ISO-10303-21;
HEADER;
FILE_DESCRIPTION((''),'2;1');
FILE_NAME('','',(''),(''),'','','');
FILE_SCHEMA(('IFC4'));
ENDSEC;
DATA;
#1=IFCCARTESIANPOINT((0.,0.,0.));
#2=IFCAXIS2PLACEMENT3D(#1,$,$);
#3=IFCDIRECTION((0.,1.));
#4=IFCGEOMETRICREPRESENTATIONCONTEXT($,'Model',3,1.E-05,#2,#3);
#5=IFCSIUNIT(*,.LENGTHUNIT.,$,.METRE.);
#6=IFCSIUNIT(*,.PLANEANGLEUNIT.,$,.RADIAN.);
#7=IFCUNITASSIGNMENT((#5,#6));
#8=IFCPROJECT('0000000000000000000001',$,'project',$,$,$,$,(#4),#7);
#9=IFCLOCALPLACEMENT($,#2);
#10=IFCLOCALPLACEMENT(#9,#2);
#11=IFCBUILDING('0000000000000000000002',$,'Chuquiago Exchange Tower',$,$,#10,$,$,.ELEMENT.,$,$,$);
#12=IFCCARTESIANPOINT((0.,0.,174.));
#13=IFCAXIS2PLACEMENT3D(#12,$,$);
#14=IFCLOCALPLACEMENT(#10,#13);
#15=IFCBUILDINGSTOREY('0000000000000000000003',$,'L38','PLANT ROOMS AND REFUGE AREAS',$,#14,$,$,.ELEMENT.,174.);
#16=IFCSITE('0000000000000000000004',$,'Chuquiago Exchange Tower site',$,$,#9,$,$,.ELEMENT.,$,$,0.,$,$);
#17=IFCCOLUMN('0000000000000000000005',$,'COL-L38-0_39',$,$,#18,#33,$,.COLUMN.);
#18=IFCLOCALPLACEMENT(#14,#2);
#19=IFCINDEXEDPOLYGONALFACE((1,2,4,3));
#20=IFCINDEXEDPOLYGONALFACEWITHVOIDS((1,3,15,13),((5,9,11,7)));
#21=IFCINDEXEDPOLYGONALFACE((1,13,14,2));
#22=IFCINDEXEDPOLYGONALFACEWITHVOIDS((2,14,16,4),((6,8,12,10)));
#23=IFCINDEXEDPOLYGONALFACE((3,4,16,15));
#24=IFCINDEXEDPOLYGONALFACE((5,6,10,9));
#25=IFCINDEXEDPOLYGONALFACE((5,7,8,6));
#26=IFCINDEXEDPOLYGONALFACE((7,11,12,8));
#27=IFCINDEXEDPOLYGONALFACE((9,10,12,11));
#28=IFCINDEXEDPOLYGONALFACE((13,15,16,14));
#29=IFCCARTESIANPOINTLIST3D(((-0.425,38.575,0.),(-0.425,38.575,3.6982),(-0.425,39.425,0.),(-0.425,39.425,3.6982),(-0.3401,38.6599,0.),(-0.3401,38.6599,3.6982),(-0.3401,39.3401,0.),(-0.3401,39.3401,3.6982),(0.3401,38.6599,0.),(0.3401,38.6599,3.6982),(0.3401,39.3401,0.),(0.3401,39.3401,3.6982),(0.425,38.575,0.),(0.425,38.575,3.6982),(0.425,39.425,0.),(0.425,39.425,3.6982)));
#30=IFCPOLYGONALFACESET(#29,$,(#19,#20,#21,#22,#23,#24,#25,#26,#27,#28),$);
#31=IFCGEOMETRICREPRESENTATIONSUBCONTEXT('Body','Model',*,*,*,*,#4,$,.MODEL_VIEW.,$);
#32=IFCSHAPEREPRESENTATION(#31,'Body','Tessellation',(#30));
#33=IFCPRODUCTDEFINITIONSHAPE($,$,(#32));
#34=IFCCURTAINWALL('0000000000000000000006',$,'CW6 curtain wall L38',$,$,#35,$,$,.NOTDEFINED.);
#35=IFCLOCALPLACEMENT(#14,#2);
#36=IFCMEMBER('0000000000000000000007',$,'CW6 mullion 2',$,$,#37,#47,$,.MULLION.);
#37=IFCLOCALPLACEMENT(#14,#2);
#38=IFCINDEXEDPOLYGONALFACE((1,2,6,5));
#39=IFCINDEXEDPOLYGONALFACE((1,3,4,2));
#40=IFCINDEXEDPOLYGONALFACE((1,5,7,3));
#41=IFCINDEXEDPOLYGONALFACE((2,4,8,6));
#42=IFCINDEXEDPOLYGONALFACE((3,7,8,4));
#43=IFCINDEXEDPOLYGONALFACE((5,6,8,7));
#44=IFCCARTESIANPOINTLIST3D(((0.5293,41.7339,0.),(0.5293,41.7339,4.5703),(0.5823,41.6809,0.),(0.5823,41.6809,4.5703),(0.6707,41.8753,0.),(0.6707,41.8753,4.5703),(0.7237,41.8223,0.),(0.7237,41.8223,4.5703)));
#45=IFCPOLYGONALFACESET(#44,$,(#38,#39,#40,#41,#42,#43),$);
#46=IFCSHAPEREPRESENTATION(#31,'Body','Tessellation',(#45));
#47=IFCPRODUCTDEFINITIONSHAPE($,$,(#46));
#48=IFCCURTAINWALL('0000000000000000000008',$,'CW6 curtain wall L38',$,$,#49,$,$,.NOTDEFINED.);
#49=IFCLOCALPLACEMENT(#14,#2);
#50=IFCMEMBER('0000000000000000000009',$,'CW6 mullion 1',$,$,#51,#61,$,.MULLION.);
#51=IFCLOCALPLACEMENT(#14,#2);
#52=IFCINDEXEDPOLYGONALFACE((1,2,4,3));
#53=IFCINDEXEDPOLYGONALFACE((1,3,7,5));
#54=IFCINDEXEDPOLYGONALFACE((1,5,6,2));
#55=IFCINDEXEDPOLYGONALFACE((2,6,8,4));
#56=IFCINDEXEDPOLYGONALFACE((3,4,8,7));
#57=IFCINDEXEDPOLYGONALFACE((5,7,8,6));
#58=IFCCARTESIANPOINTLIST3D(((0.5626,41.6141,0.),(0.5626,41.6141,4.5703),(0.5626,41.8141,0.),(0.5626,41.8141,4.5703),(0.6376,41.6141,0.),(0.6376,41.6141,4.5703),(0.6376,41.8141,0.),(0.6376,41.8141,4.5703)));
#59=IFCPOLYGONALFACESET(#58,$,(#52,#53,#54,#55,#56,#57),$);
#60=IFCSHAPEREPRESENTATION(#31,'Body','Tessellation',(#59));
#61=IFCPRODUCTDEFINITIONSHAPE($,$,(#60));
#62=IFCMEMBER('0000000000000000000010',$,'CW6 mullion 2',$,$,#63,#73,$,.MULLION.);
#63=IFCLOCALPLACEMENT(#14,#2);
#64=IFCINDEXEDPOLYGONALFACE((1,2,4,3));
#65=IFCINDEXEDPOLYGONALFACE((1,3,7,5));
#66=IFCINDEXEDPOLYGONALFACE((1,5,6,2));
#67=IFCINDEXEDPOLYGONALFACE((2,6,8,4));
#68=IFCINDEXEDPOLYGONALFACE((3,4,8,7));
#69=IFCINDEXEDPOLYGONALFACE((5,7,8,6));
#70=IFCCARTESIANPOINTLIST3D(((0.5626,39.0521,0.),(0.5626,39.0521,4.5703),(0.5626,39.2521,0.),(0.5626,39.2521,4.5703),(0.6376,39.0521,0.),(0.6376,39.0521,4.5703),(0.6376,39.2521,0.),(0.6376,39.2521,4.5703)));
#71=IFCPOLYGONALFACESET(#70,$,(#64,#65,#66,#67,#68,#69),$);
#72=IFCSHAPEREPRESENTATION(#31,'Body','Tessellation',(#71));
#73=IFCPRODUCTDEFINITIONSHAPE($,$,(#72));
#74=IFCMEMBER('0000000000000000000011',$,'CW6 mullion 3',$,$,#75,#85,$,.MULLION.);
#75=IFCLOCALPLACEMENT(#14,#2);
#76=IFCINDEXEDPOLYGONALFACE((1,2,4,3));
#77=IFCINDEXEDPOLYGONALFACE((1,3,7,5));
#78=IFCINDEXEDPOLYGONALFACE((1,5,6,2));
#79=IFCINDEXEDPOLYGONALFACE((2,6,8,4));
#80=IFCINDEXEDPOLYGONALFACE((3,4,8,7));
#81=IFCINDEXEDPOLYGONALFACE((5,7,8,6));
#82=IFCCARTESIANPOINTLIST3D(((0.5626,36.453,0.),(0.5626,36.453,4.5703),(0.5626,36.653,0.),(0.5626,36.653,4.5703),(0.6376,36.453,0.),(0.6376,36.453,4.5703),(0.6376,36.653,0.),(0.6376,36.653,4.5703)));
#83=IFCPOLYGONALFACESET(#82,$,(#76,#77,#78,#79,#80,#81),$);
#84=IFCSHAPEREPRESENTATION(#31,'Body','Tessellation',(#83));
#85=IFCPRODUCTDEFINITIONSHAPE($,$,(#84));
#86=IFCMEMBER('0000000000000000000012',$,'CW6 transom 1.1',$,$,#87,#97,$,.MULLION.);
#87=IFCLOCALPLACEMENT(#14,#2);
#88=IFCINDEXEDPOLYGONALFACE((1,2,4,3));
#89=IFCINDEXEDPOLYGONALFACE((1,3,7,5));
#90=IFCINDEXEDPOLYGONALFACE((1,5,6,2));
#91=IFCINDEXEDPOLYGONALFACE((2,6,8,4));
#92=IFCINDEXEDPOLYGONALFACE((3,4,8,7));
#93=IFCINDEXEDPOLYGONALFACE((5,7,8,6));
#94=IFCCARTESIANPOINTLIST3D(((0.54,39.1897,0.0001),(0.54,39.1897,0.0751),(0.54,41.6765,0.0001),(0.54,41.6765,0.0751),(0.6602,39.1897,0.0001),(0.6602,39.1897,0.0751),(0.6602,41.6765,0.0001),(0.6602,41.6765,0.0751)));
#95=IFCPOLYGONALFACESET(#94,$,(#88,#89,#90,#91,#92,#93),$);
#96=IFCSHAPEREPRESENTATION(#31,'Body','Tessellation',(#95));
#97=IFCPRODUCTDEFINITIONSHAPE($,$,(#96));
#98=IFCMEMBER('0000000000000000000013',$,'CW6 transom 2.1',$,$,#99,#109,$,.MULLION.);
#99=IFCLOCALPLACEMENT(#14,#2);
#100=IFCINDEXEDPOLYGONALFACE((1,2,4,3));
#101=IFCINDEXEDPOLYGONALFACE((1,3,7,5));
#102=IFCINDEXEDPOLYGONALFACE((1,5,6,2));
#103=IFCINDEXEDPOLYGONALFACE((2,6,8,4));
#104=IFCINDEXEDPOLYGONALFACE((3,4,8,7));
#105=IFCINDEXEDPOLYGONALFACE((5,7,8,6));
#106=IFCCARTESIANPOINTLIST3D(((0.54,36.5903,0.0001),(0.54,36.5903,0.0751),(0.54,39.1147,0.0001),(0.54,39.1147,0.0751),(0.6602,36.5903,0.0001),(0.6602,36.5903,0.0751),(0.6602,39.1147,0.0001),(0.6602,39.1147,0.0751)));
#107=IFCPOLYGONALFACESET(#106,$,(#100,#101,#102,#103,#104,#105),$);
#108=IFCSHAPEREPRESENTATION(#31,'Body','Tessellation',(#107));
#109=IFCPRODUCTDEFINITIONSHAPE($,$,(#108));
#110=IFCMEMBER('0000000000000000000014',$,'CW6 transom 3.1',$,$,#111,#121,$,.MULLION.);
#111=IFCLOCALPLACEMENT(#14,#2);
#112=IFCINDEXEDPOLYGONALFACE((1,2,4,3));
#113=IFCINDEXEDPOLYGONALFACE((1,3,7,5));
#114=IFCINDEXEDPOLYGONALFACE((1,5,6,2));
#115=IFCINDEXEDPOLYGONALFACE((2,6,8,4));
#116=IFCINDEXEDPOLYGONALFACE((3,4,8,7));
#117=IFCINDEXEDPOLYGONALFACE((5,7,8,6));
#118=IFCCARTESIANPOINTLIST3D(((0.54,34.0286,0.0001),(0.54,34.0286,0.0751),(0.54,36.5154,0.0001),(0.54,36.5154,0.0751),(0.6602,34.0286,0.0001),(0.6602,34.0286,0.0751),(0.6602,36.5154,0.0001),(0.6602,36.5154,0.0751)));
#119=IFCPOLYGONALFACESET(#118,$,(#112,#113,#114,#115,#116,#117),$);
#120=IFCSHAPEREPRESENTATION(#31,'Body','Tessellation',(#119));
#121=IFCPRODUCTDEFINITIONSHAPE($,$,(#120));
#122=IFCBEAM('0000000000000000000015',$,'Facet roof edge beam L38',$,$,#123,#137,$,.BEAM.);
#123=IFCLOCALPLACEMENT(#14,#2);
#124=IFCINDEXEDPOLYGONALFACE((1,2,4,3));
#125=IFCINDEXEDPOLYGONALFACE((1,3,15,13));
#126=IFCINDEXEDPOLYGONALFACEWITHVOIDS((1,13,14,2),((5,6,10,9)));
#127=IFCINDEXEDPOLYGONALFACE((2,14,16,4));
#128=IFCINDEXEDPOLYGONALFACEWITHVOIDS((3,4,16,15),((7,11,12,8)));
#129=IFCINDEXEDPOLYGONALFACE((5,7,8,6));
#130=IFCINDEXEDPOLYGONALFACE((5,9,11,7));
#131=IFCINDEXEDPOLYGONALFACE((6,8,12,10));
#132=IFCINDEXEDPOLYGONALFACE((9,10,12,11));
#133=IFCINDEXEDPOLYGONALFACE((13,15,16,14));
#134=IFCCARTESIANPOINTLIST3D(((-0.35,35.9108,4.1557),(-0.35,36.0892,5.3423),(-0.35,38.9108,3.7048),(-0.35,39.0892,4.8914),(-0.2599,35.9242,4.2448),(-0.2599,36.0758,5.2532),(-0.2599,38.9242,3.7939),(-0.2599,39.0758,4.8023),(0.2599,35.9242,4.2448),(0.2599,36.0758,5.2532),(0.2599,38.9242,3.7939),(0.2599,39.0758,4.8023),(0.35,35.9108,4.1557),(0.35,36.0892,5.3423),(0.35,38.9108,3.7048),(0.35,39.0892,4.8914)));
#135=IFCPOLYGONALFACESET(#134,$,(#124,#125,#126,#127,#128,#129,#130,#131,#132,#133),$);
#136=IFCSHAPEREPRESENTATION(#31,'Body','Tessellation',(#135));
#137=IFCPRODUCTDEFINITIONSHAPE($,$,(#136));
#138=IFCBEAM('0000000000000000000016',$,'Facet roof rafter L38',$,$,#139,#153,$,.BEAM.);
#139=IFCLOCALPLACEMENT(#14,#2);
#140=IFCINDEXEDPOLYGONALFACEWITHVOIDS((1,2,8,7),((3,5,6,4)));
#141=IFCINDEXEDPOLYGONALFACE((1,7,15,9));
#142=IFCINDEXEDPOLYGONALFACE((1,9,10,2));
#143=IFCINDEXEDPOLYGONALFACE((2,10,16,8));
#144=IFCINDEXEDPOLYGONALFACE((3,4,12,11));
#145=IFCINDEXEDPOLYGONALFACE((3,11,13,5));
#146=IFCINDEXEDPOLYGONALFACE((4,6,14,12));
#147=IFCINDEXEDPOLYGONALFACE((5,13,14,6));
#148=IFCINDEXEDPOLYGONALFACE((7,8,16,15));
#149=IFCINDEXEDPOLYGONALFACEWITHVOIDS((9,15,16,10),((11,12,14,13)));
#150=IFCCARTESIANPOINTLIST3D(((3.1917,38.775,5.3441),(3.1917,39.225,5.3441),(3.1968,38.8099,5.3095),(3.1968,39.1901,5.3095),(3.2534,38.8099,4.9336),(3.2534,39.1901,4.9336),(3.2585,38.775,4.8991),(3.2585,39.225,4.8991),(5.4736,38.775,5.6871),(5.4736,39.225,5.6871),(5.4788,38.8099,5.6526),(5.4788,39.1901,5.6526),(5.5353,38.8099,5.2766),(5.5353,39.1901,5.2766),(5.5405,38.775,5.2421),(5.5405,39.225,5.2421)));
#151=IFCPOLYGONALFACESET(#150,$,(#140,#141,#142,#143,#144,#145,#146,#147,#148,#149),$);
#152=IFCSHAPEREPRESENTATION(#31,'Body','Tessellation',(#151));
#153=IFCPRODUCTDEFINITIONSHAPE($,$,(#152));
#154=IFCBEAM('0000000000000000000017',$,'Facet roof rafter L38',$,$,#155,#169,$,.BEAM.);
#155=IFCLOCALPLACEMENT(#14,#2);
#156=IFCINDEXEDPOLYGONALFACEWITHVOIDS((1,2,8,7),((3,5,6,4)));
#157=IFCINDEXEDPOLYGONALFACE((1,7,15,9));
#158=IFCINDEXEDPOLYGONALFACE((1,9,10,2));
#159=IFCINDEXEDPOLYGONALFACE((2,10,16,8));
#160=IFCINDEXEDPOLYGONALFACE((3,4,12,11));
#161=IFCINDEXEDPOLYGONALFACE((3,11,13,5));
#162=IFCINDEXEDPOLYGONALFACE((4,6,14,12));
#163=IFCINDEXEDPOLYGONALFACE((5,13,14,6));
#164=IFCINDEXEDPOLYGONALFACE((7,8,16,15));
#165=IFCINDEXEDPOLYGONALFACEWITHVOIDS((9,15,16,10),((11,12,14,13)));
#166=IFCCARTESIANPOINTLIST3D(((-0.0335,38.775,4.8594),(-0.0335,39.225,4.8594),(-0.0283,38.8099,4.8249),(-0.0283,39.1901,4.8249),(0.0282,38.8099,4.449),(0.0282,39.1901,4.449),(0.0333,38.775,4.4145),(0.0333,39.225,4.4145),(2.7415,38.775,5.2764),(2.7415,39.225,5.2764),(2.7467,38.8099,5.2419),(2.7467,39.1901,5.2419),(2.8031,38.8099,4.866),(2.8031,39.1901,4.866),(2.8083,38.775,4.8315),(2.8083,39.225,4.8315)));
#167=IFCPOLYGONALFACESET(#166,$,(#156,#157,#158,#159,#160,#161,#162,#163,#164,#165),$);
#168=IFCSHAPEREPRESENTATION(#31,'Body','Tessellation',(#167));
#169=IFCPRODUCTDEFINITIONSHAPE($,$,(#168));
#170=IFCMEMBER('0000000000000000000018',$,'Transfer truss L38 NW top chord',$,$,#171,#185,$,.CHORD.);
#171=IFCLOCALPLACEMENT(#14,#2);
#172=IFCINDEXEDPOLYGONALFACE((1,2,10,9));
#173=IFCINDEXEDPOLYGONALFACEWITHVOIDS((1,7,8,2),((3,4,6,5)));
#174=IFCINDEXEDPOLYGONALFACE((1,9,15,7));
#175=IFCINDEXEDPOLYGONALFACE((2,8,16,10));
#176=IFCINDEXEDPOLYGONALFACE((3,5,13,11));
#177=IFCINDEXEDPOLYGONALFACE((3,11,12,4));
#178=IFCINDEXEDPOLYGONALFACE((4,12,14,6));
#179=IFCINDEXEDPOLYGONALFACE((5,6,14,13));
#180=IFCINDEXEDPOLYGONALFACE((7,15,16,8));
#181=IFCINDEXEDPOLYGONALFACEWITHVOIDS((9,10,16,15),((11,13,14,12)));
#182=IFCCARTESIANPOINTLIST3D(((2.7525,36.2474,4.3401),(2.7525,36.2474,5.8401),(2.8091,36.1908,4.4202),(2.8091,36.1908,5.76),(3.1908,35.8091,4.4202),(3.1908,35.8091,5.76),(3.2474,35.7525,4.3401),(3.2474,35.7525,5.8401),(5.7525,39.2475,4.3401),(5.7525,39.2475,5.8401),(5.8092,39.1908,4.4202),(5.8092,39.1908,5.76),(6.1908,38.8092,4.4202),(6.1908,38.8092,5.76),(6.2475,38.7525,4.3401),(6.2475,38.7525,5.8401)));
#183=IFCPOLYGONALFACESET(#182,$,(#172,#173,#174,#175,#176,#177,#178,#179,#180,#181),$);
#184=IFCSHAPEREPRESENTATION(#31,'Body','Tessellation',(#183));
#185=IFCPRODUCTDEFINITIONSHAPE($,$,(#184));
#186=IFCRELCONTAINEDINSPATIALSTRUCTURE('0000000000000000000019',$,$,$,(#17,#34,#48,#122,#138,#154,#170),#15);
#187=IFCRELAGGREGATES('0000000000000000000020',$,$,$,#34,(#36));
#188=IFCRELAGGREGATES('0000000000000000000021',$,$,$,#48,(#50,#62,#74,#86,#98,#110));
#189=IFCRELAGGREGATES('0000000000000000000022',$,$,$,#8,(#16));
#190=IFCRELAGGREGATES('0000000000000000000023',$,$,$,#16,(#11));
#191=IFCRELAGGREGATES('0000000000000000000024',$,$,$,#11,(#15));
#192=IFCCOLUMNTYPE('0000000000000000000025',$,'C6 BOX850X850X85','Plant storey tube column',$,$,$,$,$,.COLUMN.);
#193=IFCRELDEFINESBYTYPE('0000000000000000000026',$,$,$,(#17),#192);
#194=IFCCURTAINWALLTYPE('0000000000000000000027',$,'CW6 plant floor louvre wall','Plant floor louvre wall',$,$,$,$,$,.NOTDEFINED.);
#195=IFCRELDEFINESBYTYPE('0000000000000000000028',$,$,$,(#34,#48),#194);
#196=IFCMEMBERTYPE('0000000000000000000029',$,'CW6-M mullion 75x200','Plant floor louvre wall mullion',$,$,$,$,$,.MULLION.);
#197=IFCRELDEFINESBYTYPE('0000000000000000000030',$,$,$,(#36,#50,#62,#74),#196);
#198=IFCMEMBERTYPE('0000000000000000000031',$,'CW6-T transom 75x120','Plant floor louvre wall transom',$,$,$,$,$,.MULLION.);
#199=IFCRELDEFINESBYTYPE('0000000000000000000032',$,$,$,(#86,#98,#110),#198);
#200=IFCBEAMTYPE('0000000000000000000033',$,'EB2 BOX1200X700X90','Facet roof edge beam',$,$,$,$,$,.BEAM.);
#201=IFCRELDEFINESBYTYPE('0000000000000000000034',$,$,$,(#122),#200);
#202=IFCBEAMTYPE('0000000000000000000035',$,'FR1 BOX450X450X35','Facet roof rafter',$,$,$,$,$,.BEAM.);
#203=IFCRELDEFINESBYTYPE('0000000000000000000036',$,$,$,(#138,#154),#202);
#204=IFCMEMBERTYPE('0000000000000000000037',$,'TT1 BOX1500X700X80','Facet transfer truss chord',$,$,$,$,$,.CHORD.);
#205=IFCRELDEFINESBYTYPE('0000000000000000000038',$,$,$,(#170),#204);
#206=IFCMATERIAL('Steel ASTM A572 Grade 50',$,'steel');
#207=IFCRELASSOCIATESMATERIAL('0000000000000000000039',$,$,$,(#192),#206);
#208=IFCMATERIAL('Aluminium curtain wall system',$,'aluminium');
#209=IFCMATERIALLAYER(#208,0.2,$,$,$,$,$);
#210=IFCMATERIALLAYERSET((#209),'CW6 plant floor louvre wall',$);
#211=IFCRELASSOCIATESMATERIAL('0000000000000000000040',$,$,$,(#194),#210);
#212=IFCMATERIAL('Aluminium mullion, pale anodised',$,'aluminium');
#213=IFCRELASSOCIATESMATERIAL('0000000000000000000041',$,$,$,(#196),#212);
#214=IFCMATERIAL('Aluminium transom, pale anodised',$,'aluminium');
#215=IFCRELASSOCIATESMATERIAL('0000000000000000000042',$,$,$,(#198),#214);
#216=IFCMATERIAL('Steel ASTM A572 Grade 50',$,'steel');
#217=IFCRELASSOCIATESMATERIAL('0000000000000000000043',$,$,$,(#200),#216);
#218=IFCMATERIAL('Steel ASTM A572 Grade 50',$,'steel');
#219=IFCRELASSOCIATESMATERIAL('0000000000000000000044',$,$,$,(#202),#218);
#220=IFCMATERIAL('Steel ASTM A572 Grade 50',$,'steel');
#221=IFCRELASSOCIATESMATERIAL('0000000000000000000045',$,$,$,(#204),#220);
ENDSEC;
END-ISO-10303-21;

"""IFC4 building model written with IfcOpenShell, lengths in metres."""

from ifc_helpers import new_model, si_unit, direction, frame, origin, origin_2d, place, context, subcontext, project, spatial, rectangle, hollow_rectangle, extrude, material, layer, layer_set, material_profile, profile_set, type_object, element, aggregate, save


model = new_model("IFC4")

# Units and contexts
model_context = context("Model", 3, precision=1e-05, world=origin(), true_north=direction((0.0, 1.0)))
body_context = subcontext(model_context, "Body", "Model", "MODEL_VIEW")
ifc_project = project(units=[si_unit("LENGTHUNIT", "METRE"), si_unit("PLANEANGLEUNIT", "RADIAN")], contexts=[model_context])

# Site, building, storey
site_placement = place(None, origin())
site = spatial("IfcSite", under=ifc_project, at=site_placement, Name="Chuquiago Exchange Tower site", CompositionType="ELEMENT", RefElevation=0.0)
building_placement = place(site_placement, origin())
building = spatial("IfcBuilding", under=site, at=building_placement, Name="Chuquiago Exchange Tower", CompositionType="ELEMENT")
storey_placement = place(building_placement, frame((0.0, 0.0, 174.0)))
storey = spatial("IfcBuildingStorey", under=building, at=storey_placement, Name="L38", Description="PLANT ROOMS AND REFUGE AREAS", CompositionType="ELEMENT", Elevation=174.0)

# Column
ifc_material_1 = material(Name="Steel ASTM A572 Grade 50", Category="steel")
ifc_material_profile_1 = material_profile(ifc_material_1, hollow_rectangle(XDim=0.8501, YDim=0.8501, WallThickness=0.085, at=origin_2d()), Name="BOX850X850X85")
ifc_profile_set_1 = profile_set([ifc_material_profile_1], Name="Steel ASTM A572 Grade 50")
column_type = type_object("IfcColumnType", Name="C6 BOX850X850X85", Description="Plant storey tube column", PredefinedType="COLUMN", material=ifc_profile_set_1)
column_placement = place(storey_placement, frame((0.0, 39.0, 0.0), z_axis=(0.0, 0.0, 1.0), x_axis=(-1.0, 0.0, 0.0)))
element("IfcColumn", 1, at=column_placement, inside=storey, type_object=column_type, Name="COL-L38-0_39", PredefinedType="COLUMN", context=body_context, shape_type="SweptSolid", body=[
    extrude(hollow_rectangle(XDim=0.8501, YDim=0.8501, WallThickness=0.085, at=origin_2d()), origin(), (0.0, 0.0, 1.0), 3.6982),
])

# Curtain wall, member
ifc_material_2 = material(Name="Aluminium curtain wall system", Category="aluminium")
ifc_layer_1 = layer(ifc_material_2, 0.2)
ifc_layer_set_1 = layer_set([ifc_layer_1], Name="CW6 plant floor louvre wall")
curtain_wall_type = type_object("IfcCurtainWallType", Name="CW6 plant floor louvre wall", Description="Plant floor louvre wall", PredefinedType="NOTDEFINED", material=ifc_layer_set_1)
curtain_wall_1_placement = place(storey_placement, origin())
curtain_wall_1 = element("IfcCurtainWall", 2, at=curtain_wall_1_placement, inside=storey, type_object=curtain_wall_type, Name="CW6 curtain wall L38", PredefinedType="NOTDEFINED")
ifc_material_3 = material(Name="Aluminium mullion, pale anodised", Category="aluminium")
ifc_material_profile_2 = material_profile(ifc_material_3, rectangle(XDim=0.075, YDim=0.2, at=origin_2d()), Name="AL 75x200")
ifc_profile_set_2 = profile_set([ifc_material_profile_2], Name="Aluminium mullion, pale anodised")
member_type_1 = type_object("IfcMemberType", Name="CW6-M mullion 75x200", Description="Plant floor louvre wall mullion", PredefinedType="MULLION", material=ifc_profile_set_2)
member_1_placement = place(storey_placement, frame((0.6265, 41.7781, 0.0), z_axis=(0.0, 0.0, 1.0), x_axis=(0.707107, -0.707107, 0.0)))
member_1 = element("IfcMember", 3, at=member_1_placement, type_object=member_type_1, Name="CW6 mullion 2", PredefinedType="MULLION", context=body_context, shape_type="SweptSolid", body=[
    extrude(rectangle(XDim=0.075, YDim=0.2, at=origin_2d()), origin(), (0.0, 0.0, 1.0), 4.5703),
])
aggregate(curtain_wall_1, [member_1])

# Curtain wall, members
curtain_wall_2_placement = place(storey_placement, origin())
curtain_wall_2 = element("IfcCurtainWall", 4, at=curtain_wall_2_placement, inside=storey, type_object=curtain_wall_type, Name="CW6 curtain wall L38", PredefinedType="NOTDEFINED")
member_2_placement = place(storey_placement, frame((0.6001, 41.7141, 0.0), z_axis=(0.0, 0.0, 1.0), x_axis=(1.0, 0.0, 0.0)))
member_2 = element("IfcMember", 5, at=member_2_placement, type_object=member_type_1, Name="CW6 mullion 1", PredefinedType="MULLION", context=body_context, shape_type="SweptSolid", body=[
    extrude(rectangle(XDim=0.075, YDim=0.2, at=origin_2d()), origin(), (0.0, 0.0, 1.0), 4.5703),
])
member_3_placement = place(storey_placement, frame((0.6001, 39.1521, 0.0), z_axis=(0.0, 0.0, 1.0), x_axis=(1.0, 0.0, 0.0)))
member_3 = element("IfcMember", 6, at=member_3_placement, type_object=member_type_1, Name="CW6 mullion 2", PredefinedType="MULLION", context=body_context, shape_type="SweptSolid", body=[
    extrude(rectangle(XDim=0.075, YDim=0.2, at=origin_2d()), origin(), (0.0, 0.0, 1.0), 4.5703),
])
member_4_placement = place(storey_placement, frame((0.6001, 36.553, 0.0), z_axis=(0.0, 0.0, 1.0), x_axis=(1.0, 0.0, 0.0)))
member_4 = element("IfcMember", 7, at=member_4_placement, type_object=member_type_1, Name="CW6 mullion 3", PredefinedType="MULLION", context=body_context, shape_type="SweptSolid", body=[
    extrude(rectangle(XDim=0.075, YDim=0.2, at=origin_2d()), origin(), (0.0, 0.0, 1.0), 4.5703),
])
ifc_material_4 = material(Name="Aluminium transom, pale anodised", Category="aluminium")
ifc_material_profile_3 = material_profile(ifc_material_4, rectangle(XDim=0.1201, YDim=0.075, at=origin_2d()), Name="AL 120x75")
ifc_profile_set_3 = profile_set([ifc_material_profile_3], Name="Aluminium transom, pale anodised")
member_type_2 = type_object("IfcMemberType", Name="CW6-T transom 75x120", Description="Plant floor louvre wall transom", PredefinedType="MULLION", material=ifc_profile_set_3)
member_5_placement = place(storey_placement, frame((0.6001, 41.6765, 0.0376), z_axis=(0.0, -1.0, 0.0), x_axis=(1.0, 0.0, 0.0)))
member_5 = element("IfcMember", 8, at=member_5_placement, type_object=member_type_2, Name="CW6 transom 1.1", PredefinedType="MULLION", context=body_context, shape_type="SweptSolid", body=[
    extrude(rectangle(XDim=0.1201, YDim=0.075, at=origin_2d()), origin(), (0.0, 0.0, 1.0), 2.4868),
])
member_6_placement = place(storey_placement, frame((0.6001, 39.1147, 0.0376), z_axis=(0.0, -1.0, 0.0), x_axis=(1.0, 0.0, 0.0)))
member_6 = element("IfcMember", 9, at=member_6_placement, type_object=member_type_2, Name="CW6 transom 2.1", PredefinedType="MULLION", context=body_context, shape_type="SweptSolid", body=[
    extrude(rectangle(XDim=0.1201, YDim=0.075, at=origin_2d()), origin(), (0.0, 0.0, 1.0), 2.5244),
])
member_7_placement = place(storey_placement, frame((0.6001, 36.5154, 0.0376), z_axis=(0.0, -1.0, 0.0), x_axis=(1.0, 0.0, 0.0)))
member_7 = element("IfcMember", 10, at=member_7_placement, type_object=member_type_2, Name="CW6 transom 3.1", PredefinedType="MULLION", context=body_context, shape_type="SweptSolid", body=[
    extrude(rectangle(XDim=0.1201, YDim=0.075, at=origin_2d()), origin(), (0.0, 0.0, 1.0), 2.4868),
])

# Beams
ifc_material_5 = material(Name="Steel ASTM A572 Grade 50", Category="steel")
ifc_material_profile_4 = material_profile(ifc_material_5, hollow_rectangle(XDim=0.7, YDim=1.2, WallThickness=0.0901, at=origin_2d()), Name="BOX1200X700X90")
ifc_profile_set_4 = profile_set([ifc_material_profile_4], Name="Steel ASTM A572 Grade 50")
beam_type_1 = type_object("IfcBeamType", Name="EB2 BOX1200X700X90", Description="Facet roof edge beam", PredefinedType="BEAM", material=ifc_profile_set_4)
beam_1_placement = place(storey_placement, frame((0.0, 39.0, 4.2981), z_axis=(0.0, -0.988891, 0.14864), x_axis=(1.0, 0.0, 0.0)))
element("IfcBeam", 11, at=beam_1_placement, inside=storey, type_object=beam_type_1, Name="Facet roof edge beam L38", PredefinedType="BEAM", context=body_context, shape_type="SweptSolid", body=[
    extrude(hollow_rectangle(XDim=0.7, YDim=1.2, WallThickness=0.0901, at=origin_2d()), origin(), (0.0, 0.0, 1.0), 3.0337),
])
ifc_material_6 = material(Name="Steel ASTM A572 Grade 50", Category="steel")
ifc_material_profile_5 = material_profile(ifc_material_6, hollow_rectangle(XDim=0.45, YDim=0.45, WallThickness=0.0349, at=origin_2d()), Name="BOX450X450X35")
ifc_profile_set_5 = profile_set([ifc_material_profile_5], Name="Steel ASTM A572 Grade 50")
beam_type_2 = type_object("IfcBeamType", Name="FR1 BOX450X450X35", Description="Facet roof rafter", PredefinedType="BEAM", material=ifc_profile_set_5)
beam_2_placement = place(storey_placement, frame((5.5071, 39.0, 5.4646), z_axis=(-0.988891, 0.0, -0.148646), x_axis=(0.0, -1.0, 0.0)))
element("IfcBeam", 12, at=beam_2_placement, inside=storey, type_object=beam_type_2, Name="Facet roof rafter L38", PredefinedType="BEAM", context=body_context, shape_type="SweptSolid", body=[
    extrude(hollow_rectangle(XDim=0.45, YDim=0.45, WallThickness=0.0349, at=origin_2d()), origin(), (0.0, 0.0, 1.0), 2.3076),
])
beam_3_placement = place(storey_placement, frame((2.7749, 39.0, 5.054), z_axis=(-0.988897, 0.0, -0.148604), x_axis=(0.0, -1.0, 0.0)))
element("IfcBeam", 13, at=beam_3_placement, inside=storey, type_object=beam_type_2, Name="Facet roof rafter L38", PredefinedType="BEAM", context=body_context, shape_type="SweptSolid", body=[
    extrude(hollow_rectangle(XDim=0.45, YDim=0.45, WallThickness=0.0349, at=origin_2d()), origin(), (0.0, 0.0, 1.0), 2.8062),
])

# Member
ifc_material_7 = material(Name="Steel ASTM A572 Grade 50", Category="steel")
ifc_material_profile_6 = material_profile(ifc_material_7, hollow_rectangle(XDim=0.7, YDim=1.5, WallThickness=0.0801, at=origin_2d()), Name="BOX1500X700X80")
ifc_profile_set_6 = profile_set([ifc_material_profile_6], Name="Steel ASTM A572 Grade 50")
member_type_3 = type_object("IfcMemberType", Name="TT1 BOX1500X700X80", Description="Facet transfer truss chord", PredefinedType="CHORD", material=ifc_profile_set_6)
member_8_placement = place(storey_placement, frame((6.0, 39.0, 5.0901), z_axis=(-0.707107, -0.707107, 0.0), x_axis=(0.707107, -0.707107, 0.0)))
element("IfcMember", 14, at=member_8_placement, inside=storey, type_object=member_type_3, Name="Transfer truss L38 NW top chord", PredefinedType="CHORD", context=body_context, shape_type="SweptSolid", body=[
    extrude(hollow_rectangle(XDim=0.7, YDim=1.5, WallThickness=0.0801, at=origin_2d()), origin(), (0.0, 0.0, 1.0), 4.2427),
])

aggregate(curtain_wall_2, [member_2, member_3, member_4, member_5, member_6, member_7])

save(model, "model.ifc")
